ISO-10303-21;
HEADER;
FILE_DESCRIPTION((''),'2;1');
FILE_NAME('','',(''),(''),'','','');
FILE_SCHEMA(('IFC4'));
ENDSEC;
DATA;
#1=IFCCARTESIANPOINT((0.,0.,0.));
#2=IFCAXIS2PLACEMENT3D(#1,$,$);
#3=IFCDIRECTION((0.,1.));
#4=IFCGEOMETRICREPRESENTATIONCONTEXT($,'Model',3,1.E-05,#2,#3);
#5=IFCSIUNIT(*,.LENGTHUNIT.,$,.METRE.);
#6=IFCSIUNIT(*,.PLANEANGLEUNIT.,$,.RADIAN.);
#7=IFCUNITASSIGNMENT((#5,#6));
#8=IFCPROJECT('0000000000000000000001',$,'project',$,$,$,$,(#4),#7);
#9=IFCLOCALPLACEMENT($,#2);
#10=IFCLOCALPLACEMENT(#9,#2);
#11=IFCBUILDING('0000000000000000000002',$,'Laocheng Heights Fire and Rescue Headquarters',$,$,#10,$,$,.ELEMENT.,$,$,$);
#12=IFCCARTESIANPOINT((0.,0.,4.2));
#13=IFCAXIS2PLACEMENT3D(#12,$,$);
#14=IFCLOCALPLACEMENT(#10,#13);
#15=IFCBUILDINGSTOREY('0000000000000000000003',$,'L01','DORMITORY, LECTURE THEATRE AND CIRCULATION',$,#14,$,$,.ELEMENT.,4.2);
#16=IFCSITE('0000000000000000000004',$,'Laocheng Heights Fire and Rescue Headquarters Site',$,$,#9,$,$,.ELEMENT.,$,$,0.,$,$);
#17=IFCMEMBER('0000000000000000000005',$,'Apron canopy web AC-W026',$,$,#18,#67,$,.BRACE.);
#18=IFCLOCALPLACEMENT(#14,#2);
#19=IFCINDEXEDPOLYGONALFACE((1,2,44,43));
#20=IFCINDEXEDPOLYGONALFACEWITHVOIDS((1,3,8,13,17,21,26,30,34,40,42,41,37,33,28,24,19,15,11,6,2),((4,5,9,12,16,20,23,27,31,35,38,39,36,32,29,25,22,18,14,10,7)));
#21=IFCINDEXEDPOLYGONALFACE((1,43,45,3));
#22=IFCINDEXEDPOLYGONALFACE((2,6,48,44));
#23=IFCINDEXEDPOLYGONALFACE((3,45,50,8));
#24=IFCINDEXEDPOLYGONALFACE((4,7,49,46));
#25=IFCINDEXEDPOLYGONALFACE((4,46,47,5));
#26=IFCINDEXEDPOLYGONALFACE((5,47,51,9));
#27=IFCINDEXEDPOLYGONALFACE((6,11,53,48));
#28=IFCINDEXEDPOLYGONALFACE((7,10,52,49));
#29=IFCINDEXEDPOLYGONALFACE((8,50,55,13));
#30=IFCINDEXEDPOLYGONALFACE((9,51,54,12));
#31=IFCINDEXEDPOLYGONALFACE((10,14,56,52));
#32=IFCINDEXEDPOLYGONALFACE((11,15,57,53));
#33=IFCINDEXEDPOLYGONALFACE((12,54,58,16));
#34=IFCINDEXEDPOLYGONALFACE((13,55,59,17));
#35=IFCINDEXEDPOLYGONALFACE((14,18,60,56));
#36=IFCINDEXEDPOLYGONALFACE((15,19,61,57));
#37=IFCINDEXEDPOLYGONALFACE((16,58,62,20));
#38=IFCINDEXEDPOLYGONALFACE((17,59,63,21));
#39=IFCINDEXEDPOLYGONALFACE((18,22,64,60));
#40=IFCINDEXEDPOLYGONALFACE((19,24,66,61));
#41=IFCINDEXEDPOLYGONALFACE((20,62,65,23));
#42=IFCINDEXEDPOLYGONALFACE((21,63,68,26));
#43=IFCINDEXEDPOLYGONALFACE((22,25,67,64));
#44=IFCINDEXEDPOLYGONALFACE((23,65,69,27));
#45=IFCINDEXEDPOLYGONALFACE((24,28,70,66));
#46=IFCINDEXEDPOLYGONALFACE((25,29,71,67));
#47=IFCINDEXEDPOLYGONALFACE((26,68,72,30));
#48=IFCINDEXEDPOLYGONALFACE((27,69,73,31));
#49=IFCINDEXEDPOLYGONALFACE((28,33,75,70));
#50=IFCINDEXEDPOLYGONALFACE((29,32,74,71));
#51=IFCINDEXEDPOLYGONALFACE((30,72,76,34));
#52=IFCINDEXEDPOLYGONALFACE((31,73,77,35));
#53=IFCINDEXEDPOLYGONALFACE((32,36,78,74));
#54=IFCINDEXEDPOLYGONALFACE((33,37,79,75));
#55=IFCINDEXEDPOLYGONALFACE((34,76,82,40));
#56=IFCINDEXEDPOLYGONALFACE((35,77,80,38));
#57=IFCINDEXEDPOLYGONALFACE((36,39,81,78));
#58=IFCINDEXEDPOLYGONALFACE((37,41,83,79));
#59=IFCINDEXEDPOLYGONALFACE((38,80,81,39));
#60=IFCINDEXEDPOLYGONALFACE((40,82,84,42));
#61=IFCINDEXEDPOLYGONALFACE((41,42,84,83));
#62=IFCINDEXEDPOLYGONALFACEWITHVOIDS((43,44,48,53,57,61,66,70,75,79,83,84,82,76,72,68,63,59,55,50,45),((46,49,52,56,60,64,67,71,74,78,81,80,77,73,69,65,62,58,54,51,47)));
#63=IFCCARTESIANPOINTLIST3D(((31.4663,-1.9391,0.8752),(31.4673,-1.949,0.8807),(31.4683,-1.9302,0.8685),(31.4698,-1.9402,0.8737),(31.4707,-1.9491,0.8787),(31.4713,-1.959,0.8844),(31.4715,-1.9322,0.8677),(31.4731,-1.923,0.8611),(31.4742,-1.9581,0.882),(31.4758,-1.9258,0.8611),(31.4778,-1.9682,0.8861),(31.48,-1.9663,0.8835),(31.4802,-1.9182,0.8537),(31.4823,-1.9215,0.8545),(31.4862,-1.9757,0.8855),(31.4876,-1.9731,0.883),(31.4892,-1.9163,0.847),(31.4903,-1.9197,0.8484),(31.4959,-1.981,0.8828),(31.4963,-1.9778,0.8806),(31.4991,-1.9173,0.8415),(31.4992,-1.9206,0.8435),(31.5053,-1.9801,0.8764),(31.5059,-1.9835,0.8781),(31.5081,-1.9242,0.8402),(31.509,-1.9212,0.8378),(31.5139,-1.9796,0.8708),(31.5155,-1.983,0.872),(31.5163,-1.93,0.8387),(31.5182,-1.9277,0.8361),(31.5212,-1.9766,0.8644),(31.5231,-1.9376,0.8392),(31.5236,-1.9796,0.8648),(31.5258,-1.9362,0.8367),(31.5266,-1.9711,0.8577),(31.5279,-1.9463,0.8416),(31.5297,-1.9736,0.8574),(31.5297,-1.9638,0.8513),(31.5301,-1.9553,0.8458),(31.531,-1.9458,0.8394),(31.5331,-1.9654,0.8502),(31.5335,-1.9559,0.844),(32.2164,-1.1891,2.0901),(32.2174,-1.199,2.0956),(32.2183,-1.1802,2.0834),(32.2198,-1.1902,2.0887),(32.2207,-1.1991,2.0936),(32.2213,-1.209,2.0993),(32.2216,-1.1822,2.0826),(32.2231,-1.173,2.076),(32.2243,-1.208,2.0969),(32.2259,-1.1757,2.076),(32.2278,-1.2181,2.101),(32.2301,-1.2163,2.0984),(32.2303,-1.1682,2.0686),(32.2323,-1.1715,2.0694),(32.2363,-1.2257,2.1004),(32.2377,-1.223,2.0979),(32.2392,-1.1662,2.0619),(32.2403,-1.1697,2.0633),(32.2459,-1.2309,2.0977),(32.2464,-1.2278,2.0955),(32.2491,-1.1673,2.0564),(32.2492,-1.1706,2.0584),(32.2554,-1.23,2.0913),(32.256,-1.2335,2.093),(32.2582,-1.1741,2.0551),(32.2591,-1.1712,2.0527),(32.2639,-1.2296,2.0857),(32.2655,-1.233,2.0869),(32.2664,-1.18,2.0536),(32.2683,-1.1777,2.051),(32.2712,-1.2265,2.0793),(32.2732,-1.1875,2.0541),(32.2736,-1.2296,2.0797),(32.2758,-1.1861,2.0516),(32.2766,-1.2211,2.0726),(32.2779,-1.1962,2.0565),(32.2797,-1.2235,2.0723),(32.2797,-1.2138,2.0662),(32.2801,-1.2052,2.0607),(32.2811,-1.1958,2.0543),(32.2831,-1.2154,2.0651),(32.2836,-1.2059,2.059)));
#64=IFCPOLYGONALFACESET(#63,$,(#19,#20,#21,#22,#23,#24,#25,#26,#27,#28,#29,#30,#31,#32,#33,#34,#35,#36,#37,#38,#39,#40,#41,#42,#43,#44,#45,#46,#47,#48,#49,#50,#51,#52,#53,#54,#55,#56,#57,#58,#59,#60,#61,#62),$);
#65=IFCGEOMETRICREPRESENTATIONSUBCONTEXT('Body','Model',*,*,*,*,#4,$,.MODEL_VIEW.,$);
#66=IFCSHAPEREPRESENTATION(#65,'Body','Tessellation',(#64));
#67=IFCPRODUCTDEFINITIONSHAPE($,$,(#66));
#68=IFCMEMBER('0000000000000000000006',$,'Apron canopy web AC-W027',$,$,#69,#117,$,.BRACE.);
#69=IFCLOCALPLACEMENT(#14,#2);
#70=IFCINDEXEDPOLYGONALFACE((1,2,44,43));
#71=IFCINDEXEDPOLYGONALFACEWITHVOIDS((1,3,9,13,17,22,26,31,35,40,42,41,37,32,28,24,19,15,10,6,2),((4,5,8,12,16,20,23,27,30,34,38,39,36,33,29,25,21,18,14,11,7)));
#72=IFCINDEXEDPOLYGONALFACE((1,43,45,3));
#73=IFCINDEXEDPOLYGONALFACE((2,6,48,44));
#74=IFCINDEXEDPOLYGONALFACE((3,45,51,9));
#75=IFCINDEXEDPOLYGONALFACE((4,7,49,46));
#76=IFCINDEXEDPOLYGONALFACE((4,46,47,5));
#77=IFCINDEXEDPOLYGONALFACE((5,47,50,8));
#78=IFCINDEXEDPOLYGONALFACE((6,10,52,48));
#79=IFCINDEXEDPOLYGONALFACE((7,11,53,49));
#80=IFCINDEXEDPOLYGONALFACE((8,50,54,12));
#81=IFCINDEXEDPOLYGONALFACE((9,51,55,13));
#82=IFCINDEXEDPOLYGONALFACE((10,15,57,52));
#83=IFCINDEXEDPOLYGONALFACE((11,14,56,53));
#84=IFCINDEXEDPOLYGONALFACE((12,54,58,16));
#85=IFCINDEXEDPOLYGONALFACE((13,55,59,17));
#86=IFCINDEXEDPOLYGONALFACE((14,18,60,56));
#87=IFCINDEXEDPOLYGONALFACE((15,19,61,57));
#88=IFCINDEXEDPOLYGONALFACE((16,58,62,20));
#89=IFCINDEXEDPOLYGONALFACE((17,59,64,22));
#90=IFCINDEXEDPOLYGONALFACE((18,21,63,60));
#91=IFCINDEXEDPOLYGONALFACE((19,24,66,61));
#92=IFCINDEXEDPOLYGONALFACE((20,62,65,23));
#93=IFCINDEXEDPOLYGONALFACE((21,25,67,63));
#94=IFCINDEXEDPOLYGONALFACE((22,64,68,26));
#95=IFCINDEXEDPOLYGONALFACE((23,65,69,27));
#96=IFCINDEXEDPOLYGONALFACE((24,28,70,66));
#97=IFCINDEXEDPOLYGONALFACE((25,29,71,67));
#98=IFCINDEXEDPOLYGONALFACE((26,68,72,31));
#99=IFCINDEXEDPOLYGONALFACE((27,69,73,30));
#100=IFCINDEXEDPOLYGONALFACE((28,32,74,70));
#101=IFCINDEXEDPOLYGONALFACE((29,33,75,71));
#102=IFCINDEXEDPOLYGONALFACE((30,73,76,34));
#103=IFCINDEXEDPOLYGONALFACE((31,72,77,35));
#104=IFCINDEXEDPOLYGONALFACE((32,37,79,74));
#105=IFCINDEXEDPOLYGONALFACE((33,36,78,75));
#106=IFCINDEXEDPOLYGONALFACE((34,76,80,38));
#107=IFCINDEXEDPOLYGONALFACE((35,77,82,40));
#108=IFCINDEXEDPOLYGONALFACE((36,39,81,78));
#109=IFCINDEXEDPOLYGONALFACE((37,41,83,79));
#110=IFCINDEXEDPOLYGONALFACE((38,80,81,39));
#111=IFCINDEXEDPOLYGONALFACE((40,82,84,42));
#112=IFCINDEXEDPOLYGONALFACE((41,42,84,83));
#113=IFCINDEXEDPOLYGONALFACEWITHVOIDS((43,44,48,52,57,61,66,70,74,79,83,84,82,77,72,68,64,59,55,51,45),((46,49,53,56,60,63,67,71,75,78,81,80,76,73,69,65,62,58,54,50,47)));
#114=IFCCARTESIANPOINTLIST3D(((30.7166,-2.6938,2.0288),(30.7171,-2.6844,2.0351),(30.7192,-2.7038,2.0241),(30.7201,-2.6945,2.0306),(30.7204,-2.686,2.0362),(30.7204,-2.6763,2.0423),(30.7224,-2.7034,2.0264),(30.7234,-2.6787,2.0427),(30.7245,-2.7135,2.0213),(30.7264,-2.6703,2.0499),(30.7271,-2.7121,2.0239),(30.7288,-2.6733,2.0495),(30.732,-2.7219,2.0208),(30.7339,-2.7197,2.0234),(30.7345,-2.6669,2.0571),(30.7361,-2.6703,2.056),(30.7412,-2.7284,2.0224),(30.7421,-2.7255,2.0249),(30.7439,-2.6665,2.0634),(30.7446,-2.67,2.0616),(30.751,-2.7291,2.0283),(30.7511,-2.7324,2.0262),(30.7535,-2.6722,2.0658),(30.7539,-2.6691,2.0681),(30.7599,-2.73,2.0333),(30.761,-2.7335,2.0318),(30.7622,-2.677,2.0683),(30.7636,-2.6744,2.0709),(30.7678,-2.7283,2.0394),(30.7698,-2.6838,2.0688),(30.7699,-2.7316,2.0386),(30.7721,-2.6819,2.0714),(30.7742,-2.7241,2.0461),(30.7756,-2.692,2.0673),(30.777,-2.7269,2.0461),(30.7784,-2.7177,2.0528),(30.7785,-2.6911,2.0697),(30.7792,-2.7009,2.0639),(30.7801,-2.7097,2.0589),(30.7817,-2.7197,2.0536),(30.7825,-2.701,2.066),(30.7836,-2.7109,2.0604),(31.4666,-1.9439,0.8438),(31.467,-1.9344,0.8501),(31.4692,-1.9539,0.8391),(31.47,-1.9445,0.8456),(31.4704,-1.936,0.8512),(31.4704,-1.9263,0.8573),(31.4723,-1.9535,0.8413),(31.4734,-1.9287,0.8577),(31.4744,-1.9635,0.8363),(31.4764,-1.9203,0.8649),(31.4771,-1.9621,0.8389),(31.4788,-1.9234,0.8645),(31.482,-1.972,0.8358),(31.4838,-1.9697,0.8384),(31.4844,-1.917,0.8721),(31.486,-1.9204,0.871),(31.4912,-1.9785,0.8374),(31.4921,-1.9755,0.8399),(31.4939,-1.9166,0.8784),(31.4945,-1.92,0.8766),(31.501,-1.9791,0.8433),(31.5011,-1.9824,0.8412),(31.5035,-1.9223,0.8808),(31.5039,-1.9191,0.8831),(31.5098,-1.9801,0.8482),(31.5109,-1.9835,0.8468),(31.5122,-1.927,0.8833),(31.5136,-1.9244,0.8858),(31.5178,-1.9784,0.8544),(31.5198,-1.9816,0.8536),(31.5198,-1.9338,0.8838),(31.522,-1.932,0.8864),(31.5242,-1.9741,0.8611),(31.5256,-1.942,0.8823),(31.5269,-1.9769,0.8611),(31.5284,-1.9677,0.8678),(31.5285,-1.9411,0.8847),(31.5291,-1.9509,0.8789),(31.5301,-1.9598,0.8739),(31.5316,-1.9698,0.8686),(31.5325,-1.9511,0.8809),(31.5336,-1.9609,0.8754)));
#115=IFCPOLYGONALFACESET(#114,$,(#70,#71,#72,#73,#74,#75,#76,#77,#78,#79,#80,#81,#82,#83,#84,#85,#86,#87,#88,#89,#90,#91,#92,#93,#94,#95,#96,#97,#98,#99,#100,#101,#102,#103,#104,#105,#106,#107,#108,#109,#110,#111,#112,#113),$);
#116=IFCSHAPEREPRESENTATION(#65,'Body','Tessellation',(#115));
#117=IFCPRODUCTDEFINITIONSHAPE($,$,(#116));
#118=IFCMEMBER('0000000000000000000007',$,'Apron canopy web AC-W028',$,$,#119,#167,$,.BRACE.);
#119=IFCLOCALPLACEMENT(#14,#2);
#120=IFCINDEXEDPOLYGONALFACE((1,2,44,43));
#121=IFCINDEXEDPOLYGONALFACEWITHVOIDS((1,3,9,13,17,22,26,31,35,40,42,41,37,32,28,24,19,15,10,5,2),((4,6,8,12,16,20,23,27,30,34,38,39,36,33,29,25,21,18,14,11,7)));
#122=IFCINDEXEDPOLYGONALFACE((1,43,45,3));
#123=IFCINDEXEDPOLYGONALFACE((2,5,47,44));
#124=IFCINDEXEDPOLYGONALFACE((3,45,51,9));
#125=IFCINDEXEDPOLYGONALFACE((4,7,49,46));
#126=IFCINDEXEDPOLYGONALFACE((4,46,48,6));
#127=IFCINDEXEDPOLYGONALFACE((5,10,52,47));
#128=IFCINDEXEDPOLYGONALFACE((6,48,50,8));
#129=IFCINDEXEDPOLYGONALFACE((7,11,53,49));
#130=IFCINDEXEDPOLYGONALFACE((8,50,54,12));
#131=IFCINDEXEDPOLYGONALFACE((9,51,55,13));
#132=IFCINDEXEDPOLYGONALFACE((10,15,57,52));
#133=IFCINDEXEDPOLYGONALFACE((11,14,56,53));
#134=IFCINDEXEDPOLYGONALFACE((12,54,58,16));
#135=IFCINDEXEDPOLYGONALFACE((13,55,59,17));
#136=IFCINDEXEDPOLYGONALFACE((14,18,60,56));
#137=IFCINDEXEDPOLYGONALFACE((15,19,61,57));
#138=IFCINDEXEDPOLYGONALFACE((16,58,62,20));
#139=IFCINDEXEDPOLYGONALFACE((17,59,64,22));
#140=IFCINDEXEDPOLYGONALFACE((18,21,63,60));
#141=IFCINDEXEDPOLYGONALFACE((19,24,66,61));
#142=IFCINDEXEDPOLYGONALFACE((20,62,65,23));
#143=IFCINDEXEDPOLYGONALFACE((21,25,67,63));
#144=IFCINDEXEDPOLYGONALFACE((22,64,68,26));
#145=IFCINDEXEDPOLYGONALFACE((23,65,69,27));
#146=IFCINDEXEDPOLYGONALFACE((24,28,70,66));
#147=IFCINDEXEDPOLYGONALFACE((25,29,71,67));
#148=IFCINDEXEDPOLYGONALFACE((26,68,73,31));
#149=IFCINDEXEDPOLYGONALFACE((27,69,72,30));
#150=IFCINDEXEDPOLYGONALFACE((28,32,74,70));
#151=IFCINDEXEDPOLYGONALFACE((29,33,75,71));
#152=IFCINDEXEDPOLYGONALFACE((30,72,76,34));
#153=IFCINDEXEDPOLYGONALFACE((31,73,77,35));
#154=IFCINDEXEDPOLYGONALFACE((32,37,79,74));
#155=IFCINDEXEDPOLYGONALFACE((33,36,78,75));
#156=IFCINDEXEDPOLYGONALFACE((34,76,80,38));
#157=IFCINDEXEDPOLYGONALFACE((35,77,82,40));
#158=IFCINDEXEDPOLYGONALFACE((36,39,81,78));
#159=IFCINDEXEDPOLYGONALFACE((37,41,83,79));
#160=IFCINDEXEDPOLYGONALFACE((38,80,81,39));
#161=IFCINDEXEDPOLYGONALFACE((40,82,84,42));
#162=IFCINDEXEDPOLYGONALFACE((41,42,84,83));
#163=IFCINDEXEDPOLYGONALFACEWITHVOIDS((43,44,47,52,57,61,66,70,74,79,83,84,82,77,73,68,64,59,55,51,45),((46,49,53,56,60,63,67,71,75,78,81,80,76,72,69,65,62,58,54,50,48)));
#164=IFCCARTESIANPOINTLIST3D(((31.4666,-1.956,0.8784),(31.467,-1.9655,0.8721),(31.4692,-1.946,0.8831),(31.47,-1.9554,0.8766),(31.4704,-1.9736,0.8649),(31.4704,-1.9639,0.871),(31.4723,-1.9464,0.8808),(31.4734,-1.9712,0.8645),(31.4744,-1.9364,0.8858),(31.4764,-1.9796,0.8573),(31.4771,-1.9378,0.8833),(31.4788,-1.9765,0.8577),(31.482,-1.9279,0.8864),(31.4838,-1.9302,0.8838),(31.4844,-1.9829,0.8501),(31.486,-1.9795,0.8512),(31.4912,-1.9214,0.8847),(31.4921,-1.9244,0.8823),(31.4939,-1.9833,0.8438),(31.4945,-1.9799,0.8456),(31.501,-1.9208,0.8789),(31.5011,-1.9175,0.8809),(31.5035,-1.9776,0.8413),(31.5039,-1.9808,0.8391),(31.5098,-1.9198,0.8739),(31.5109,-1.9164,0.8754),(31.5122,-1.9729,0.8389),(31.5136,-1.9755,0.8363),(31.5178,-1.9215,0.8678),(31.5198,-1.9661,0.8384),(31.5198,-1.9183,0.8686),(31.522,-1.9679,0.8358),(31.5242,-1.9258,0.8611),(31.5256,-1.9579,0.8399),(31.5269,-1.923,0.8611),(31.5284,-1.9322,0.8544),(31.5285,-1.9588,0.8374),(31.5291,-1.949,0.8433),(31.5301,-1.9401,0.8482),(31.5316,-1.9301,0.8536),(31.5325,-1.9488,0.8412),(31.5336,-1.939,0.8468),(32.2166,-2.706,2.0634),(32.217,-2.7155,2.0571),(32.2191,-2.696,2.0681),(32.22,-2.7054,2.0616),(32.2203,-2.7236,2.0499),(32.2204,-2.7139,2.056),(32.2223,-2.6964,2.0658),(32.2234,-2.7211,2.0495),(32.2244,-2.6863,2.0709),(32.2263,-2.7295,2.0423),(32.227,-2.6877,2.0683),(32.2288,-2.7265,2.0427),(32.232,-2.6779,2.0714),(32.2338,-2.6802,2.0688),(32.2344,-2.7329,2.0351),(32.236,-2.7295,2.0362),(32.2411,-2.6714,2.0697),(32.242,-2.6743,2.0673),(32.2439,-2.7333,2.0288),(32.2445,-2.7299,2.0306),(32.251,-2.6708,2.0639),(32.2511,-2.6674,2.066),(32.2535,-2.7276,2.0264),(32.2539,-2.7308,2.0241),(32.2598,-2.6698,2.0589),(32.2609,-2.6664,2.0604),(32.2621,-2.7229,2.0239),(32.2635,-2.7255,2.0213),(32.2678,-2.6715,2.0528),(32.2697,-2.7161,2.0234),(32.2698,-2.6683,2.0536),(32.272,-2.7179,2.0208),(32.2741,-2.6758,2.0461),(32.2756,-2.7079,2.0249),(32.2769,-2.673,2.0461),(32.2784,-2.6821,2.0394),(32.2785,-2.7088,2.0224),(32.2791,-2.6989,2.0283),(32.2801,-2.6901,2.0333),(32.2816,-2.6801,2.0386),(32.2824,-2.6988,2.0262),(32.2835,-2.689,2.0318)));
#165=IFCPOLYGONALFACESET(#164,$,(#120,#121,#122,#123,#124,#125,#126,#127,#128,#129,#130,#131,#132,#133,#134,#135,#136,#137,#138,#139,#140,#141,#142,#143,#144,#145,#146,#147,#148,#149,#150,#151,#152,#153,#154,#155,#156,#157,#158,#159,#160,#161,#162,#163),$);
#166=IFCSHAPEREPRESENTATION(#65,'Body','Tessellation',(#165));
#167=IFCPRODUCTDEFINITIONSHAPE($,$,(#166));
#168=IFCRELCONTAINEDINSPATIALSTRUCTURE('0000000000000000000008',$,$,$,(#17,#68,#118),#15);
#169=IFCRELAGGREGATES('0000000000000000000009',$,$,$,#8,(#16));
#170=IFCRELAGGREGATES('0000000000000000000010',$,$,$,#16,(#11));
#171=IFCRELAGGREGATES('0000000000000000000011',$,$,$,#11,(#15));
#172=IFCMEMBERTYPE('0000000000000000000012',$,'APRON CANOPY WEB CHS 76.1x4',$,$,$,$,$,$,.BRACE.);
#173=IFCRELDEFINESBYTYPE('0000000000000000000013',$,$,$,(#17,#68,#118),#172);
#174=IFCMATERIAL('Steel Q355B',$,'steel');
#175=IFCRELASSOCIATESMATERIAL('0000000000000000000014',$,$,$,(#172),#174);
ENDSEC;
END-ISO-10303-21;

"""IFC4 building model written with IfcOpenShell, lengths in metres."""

from ifc_helpers import new_model, si_unit, direction, frame, origin, origin_2d, place, context, subcontext, project, spatial, hollow_circle, extrude, material, material_profile, profile_set, type_object, element, save


model = new_model("IFC4")

# Units and contexts
model_context = context("Model", 3, precision=1e-05, world=origin(), true_north=direction((0.0, 1.0)))
body_context = subcontext(model_context, "Body", "Model", "MODEL_VIEW")
ifc_project = project(units=[si_unit("LENGTHUNIT", "METRE"), si_unit("PLANEANGLEUNIT", "RADIAN")], contexts=[model_context])

# Site, building, storey
site_placement = place(None, origin())
site = spatial("IfcSite", under=ifc_project, at=site_placement, Name="Laocheng Heights Fire and Rescue Headquarters Site", CompositionType="ELEMENT", RefElevation=0.0)
building_placement = place(site_placement, origin())
building = spatial("IfcBuilding", under=site, at=building_placement, Name="Laocheng Heights Fire and Rescue Headquarters", CompositionType="ELEMENT")
storey_placement = place(building_placement, frame((0.0, 0.0, 4.2)))
storey = spatial("IfcBuildingStorey", under=building, at=storey_placement, Name="L01", Description="DORMITORY, LECTURE THEATRE AND CIRCULATION", CompositionType="ELEMENT", Elevation=4.2)

# Members
ifc_material_1 = material(Name="Steel Q355B", Category="steel")
ifc_material_profile_1 = material_profile(ifc_material_1, hollow_circle(Radius=0.0381, WallThickness=0.0039, at=origin_2d()), Name="CHS 76.1x4")
ifc_profile_set_1 = profile_set([ifc_material_profile_1], Name="Steel Q355B")
member_type_1 = type_object("IfcMemberType", Name="APRON CANOPY WEB CHS 76.1x4", PredefinedType="BRACE", material=ifc_profile_set_1)
for number, where, z_axis, x_axis, name in (
    (1, (31.5, -1.95, 0.8611), (0.465055, 0.465055, 0.753292), (-0.707107, 0.707107, 0.0), "Apron canopy web AC-W026"),
):
    element("IfcMember", number, at=place(storey_placement, frame(where, z_axis=z_axis, x_axis=x_axis)), inside=storey, type_object=member_type_1, Name=name, PredefinedType="BRACE", context=body_context, shape_type="SweptSolid", body=[
        extrude(hollow_circle(Radius=0.0381, WallThickness=0.0039, at=origin_2d()), origin(), (0.0, 0.0, 1.0), 1.6128),
    ])
for number, where, z_axis, x_axis, name in (
    (2, (31.5, -1.95, 0.8611), (-0.47158, -0.47158, 0.745134), (0.707107, -0.707107, 0.0), "Apron canopy web AC-W027"),
    (3, (31.5, -1.95, 0.8611), (0.47158, -0.47158, 0.745134), (0.707107, 0.707107, 0.0), "Apron canopy web AC-W028"),
):
    element("IfcMember", number, at=place(storey_placement, frame(where, z_axis=z_axis, x_axis=x_axis)), inside=storey, type_object=member_type_1, Name=name, PredefinedType="BRACE", context=body_context, shape_type="SweptSolid", body=[
        extrude(hollow_circle(Radius=0.0381, WallThickness=0.0039, at=origin_2d()), origin(), (0.0, 0.0, 1.0), 1.5903),
    ])

save(model, "model.ifc")
